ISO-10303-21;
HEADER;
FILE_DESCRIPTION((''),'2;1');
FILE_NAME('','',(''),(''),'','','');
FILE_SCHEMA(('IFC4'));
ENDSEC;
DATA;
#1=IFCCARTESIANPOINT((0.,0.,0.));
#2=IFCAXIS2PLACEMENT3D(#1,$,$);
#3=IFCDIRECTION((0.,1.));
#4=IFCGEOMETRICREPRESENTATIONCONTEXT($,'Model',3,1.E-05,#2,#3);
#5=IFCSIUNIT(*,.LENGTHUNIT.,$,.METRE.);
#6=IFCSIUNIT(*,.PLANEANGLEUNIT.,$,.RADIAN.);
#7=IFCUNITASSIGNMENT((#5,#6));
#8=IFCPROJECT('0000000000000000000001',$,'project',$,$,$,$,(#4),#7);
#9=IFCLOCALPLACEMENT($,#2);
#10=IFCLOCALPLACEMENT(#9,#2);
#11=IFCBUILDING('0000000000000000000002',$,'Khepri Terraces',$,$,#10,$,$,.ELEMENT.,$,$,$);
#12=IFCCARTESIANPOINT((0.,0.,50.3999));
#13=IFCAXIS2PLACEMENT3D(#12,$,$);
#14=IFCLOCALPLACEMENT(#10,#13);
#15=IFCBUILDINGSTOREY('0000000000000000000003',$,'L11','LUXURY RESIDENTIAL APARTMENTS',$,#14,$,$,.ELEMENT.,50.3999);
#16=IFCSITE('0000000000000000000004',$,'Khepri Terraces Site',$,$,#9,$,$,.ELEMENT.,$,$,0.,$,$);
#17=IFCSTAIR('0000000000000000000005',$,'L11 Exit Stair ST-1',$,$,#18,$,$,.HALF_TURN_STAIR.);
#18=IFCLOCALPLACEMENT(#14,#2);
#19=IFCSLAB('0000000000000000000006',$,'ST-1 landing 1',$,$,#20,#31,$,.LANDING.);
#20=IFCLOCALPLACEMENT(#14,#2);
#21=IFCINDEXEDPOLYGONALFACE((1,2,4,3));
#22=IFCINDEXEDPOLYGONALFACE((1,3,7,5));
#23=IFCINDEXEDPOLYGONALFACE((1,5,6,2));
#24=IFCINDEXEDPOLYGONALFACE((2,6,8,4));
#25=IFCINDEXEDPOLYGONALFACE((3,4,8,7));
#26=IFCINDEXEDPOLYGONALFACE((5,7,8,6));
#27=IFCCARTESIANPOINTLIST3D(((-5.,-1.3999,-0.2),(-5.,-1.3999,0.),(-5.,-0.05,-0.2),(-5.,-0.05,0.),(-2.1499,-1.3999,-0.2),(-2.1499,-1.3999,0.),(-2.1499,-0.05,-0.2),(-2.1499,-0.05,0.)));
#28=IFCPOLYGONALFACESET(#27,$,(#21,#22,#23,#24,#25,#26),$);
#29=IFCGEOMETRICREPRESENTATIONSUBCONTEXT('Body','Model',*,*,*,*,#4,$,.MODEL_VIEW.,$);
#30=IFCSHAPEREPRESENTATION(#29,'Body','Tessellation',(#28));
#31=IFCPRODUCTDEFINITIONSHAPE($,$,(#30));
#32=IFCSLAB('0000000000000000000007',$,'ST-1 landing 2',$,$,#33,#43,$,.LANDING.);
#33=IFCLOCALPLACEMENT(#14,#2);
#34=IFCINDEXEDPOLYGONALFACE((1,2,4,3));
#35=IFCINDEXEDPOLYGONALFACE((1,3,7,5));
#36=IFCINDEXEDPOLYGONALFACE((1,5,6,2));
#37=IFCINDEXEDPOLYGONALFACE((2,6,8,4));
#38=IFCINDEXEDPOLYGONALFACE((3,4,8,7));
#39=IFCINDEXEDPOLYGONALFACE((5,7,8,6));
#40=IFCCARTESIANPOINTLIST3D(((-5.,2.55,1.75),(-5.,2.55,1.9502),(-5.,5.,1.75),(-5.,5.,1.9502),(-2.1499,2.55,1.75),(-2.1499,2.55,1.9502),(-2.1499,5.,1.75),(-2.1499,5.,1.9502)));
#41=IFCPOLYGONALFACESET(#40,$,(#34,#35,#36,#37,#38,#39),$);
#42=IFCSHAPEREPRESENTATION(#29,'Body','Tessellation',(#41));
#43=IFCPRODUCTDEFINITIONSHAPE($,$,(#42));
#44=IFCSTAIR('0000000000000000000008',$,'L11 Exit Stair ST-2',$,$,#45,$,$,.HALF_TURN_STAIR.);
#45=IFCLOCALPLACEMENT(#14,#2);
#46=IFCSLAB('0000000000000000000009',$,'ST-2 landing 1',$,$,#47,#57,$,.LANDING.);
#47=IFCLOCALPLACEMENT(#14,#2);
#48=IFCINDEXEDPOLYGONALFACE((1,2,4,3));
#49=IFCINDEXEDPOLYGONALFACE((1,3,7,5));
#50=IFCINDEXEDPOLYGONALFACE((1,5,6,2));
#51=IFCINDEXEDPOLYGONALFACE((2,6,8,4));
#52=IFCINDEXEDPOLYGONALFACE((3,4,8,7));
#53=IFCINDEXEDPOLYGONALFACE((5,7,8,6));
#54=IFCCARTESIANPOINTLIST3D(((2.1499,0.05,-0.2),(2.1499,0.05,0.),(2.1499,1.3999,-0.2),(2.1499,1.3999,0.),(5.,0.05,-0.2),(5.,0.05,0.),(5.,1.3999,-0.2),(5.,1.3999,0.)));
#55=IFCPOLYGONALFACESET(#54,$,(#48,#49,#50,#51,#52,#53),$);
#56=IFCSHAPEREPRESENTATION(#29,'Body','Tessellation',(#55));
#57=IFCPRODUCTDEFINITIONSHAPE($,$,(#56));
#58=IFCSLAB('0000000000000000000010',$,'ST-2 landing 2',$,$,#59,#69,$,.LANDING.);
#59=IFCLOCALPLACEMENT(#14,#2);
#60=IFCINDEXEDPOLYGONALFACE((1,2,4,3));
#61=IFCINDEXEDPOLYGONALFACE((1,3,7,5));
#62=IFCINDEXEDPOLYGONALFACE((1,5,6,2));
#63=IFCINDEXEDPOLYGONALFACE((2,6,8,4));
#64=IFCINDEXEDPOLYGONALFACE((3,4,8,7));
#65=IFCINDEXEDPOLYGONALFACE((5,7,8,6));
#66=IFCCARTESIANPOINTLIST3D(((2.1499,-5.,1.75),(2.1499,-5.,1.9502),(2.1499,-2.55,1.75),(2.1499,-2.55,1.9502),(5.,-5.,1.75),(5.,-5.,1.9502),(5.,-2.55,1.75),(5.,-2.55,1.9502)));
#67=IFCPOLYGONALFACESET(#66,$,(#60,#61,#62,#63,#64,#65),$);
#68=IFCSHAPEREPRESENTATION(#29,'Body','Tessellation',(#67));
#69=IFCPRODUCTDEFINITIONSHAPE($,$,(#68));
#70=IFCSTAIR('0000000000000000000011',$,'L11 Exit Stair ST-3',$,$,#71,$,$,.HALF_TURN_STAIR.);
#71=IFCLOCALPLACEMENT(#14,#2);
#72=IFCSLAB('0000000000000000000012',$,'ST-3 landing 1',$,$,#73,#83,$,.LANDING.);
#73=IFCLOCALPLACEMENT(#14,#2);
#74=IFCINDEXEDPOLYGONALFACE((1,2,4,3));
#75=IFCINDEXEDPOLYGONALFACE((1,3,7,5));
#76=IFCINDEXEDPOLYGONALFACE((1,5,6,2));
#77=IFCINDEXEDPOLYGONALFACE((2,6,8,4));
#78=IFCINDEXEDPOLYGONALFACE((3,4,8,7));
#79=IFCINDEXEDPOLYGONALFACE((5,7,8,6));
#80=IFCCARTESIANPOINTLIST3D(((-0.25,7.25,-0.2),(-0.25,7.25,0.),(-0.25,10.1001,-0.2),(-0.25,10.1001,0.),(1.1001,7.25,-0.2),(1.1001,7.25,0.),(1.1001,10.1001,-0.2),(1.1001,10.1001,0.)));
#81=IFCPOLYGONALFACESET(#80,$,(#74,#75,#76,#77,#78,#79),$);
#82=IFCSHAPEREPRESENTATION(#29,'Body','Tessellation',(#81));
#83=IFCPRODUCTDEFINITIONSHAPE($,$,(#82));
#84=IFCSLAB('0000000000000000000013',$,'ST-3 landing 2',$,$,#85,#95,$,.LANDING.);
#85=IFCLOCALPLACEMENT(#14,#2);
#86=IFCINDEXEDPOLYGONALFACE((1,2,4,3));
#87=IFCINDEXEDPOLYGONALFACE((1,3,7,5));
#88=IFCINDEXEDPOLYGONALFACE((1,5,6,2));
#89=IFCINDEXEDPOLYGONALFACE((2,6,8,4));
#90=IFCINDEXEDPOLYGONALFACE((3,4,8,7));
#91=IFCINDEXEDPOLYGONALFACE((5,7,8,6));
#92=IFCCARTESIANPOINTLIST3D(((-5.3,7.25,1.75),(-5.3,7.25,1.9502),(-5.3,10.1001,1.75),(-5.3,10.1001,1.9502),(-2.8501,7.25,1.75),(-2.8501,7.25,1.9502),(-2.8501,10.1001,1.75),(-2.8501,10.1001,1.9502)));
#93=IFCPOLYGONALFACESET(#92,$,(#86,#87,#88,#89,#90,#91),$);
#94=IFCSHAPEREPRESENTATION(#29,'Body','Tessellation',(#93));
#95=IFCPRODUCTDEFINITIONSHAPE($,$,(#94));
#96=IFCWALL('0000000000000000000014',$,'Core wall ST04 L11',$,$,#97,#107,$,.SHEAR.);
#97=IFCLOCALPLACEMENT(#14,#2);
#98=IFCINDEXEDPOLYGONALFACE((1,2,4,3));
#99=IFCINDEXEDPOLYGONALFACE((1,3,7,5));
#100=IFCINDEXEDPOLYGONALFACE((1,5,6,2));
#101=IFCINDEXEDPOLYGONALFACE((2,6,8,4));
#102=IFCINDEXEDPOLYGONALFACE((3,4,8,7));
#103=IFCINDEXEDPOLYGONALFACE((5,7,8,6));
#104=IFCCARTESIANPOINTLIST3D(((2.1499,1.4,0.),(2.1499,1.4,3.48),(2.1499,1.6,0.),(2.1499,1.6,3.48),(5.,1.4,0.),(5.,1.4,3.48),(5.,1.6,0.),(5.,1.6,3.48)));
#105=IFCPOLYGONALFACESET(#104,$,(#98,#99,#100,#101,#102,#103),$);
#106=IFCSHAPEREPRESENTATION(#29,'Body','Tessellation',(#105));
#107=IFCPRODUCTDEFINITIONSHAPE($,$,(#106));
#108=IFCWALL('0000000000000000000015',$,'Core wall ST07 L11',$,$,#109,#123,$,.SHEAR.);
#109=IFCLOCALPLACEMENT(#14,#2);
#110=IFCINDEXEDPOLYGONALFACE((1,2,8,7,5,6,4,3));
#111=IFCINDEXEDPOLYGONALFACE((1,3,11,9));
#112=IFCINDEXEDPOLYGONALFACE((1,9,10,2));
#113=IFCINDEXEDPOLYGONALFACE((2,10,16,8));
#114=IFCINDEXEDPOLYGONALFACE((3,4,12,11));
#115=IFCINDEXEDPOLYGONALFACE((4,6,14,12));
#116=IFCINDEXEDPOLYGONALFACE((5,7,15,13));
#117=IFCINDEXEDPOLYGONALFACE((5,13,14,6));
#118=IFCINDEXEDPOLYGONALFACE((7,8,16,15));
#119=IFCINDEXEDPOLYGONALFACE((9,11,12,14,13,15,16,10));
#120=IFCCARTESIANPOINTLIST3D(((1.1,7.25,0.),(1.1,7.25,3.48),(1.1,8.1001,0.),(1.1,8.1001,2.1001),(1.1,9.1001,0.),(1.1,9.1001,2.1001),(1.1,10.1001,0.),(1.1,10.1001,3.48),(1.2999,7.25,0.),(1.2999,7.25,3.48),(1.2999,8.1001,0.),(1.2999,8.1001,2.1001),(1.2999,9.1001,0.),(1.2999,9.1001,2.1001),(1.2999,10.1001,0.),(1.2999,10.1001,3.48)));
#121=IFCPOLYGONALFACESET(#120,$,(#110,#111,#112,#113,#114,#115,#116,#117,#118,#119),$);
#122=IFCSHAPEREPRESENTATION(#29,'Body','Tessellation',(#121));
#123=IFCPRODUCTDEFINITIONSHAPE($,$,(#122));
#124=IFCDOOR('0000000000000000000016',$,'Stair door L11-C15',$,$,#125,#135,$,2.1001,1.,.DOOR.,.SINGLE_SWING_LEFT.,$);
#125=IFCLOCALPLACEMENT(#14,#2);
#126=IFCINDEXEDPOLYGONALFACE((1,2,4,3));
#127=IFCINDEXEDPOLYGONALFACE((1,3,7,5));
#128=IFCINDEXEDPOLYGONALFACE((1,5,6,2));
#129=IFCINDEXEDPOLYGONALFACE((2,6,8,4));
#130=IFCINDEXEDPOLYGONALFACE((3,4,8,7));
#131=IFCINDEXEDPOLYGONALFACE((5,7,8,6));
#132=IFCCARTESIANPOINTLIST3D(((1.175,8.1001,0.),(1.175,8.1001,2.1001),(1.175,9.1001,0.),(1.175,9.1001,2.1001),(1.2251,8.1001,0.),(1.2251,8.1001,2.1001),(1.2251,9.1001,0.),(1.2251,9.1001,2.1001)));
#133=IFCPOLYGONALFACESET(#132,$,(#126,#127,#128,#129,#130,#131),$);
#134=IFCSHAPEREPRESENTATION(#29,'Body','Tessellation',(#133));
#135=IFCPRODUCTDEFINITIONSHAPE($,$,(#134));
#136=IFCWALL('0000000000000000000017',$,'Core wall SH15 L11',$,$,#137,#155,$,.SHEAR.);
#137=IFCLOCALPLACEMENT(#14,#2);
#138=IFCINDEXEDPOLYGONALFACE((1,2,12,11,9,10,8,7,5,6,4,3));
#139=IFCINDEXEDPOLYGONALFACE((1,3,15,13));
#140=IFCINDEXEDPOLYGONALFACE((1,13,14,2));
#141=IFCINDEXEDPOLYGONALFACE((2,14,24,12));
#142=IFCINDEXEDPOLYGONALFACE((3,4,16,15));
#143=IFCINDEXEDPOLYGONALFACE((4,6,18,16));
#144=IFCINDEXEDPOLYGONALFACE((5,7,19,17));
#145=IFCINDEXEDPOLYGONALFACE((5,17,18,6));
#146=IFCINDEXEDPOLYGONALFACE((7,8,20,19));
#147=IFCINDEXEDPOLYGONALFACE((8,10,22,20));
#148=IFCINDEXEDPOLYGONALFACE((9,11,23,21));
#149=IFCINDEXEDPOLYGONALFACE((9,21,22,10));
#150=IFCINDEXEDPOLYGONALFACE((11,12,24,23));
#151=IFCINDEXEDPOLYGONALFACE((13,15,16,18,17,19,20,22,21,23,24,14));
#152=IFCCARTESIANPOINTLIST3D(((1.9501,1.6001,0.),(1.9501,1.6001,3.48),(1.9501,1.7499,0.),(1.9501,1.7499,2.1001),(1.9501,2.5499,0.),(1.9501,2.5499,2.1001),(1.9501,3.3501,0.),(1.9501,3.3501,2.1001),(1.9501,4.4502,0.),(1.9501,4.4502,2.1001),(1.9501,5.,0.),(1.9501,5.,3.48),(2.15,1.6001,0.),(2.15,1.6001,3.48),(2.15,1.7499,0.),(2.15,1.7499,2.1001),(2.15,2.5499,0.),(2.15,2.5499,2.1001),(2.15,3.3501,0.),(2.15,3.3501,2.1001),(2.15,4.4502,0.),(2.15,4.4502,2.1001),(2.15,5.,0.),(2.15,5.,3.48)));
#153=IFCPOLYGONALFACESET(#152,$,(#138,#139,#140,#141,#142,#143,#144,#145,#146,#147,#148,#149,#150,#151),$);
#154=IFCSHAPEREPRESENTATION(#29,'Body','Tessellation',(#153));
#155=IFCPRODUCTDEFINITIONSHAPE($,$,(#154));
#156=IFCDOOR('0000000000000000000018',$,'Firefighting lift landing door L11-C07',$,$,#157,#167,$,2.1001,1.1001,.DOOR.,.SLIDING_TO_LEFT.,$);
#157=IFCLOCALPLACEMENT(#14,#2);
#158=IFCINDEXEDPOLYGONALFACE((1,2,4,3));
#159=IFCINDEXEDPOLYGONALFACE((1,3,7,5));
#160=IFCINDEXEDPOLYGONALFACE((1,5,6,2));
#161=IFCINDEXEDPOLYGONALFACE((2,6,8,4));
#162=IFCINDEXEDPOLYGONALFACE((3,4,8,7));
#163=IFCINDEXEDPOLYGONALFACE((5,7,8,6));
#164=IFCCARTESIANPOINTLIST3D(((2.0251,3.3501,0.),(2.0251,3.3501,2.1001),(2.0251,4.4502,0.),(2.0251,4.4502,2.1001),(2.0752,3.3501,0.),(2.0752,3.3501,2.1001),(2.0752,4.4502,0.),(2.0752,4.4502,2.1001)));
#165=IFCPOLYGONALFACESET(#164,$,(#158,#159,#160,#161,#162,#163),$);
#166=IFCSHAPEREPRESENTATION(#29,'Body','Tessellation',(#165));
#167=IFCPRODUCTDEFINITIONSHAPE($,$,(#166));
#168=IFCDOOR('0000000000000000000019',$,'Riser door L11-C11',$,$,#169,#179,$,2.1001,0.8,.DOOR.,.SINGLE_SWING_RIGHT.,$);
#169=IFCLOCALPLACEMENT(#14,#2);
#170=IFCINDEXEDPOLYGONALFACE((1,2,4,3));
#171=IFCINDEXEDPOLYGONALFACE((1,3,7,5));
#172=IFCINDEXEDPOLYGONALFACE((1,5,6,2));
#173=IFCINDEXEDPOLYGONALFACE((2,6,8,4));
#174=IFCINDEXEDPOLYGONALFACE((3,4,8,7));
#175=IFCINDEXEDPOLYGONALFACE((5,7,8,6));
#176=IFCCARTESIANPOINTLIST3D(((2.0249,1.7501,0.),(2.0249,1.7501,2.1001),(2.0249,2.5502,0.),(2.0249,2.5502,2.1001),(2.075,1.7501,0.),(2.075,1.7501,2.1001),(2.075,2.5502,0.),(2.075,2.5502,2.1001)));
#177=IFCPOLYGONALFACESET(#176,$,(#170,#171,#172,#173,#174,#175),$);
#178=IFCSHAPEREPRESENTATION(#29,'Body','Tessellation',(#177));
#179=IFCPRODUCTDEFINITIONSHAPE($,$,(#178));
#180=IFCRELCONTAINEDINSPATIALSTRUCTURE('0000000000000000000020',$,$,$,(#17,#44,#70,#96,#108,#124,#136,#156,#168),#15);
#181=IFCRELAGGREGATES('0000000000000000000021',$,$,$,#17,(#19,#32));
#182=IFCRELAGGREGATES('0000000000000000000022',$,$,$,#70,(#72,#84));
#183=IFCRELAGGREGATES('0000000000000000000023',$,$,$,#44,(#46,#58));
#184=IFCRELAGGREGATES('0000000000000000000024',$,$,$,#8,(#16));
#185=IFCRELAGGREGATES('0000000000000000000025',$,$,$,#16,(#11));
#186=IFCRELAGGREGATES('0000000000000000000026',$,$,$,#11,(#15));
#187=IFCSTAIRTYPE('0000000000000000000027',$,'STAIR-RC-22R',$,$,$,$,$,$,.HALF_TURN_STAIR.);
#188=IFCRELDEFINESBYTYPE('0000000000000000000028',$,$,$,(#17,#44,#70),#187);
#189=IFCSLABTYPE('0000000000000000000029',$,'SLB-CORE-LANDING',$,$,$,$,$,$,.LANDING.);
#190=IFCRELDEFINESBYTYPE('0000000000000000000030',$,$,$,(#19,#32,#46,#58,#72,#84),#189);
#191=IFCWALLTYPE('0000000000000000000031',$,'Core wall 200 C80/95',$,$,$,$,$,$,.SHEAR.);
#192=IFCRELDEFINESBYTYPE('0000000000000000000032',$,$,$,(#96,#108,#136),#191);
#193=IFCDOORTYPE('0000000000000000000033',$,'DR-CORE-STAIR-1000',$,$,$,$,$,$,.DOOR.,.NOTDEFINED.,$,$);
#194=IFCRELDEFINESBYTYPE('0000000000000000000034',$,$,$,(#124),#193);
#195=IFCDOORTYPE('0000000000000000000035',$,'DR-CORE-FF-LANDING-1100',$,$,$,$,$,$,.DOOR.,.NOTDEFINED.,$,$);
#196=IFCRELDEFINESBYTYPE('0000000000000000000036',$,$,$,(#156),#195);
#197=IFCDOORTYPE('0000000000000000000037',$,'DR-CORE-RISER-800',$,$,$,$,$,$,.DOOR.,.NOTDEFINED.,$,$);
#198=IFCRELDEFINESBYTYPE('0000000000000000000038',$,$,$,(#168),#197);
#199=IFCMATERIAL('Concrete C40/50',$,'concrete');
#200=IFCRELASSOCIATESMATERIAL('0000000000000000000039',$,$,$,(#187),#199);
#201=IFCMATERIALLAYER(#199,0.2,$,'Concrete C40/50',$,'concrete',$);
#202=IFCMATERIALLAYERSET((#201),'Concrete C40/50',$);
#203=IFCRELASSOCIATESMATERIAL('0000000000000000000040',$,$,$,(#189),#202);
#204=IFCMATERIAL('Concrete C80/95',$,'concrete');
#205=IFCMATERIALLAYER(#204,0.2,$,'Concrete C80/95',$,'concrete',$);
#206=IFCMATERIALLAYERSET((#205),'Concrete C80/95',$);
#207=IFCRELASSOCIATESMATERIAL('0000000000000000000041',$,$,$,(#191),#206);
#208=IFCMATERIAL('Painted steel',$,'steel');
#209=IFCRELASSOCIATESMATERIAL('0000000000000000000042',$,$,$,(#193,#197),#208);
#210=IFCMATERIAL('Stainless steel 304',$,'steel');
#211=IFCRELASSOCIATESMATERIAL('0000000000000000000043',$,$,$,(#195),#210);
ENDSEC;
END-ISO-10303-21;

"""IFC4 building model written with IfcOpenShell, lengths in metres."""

from ifc_helpers import new_model, si_unit, direction, frame, frame_2d, origin, place, context, subcontext, project, spatial, polyline, rectangle, outline, extrude, material, layer, layer_set, type_object, element, fill, aggregate, save


model = new_model("IFC4")

# Units and contexts
model_context = context("Model", 3, precision=1e-05, world=origin(), true_north=direction((0.0, 1.0)))
body_context = subcontext(model_context, "Body", "Model", "MODEL_VIEW")
ifc_project = project(units=[si_unit("LENGTHUNIT", "METRE"), si_unit("PLANEANGLEUNIT", "RADIAN")], contexts=[model_context])

# Site, building, storey
site_placement = place(None, origin())
site = spatial("IfcSite", under=ifc_project, at=site_placement, Name="Khepri Terraces Site", CompositionType="ELEMENT", RefElevation=0.0)
building_placement = place(site_placement, origin())
building = spatial("IfcBuilding", under=site, at=building_placement, Name="Khepri Terraces", CompositionType="ELEMENT")
storey_placement = place(building_placement, frame((0.0, 0.0, 50.3999)))
storey = spatial("IfcBuildingStorey", under=building, at=storey_placement, Name="L11", Description="LUXURY RESIDENTIAL APARTMENTS", CompositionType="ELEMENT", Elevation=50.3999)

# Stairs, slabs
ifc_material_1 = material(Name="Concrete C40/50", Category="concrete")
stair_type = type_object("IfcStairType", Name="STAIR-RC-22R", PredefinedType="HALF_TURN_STAIR", material=ifc_material_1)
stair_1_placement = place(storey_placement, origin())
stair_1 = element("IfcStair", 1, at=stair_1_placement, inside=storey, type_object=stair_type, Name="L11 Exit Stair ST-1", PredefinedType="HALF_TURN_STAIR")
ifc_layer_1 = layer(ifc_material_1, 0.2, Name="Concrete C40/50", Category="concrete")
ifc_layer_set_1 = layer_set([ifc_layer_1], Name="Concrete C40/50")
slab_type = type_object("IfcSlabType", Name="SLB-CORE-LANDING", PredefinedType="LANDING", material=ifc_layer_set_1)
slab_1_placement = place(storey_placement, frame((0.0, 0.0, -0.2)))
slab_1 = element("IfcSlab", 2, at=slab_1_placement, type_object=slab_type, Name="ST-1 landing 1", PredefinedType="LANDING", context=body_context, shape_type="SweptSolid", body=[
    extrude(outline(polyline([(-2.1499, -1.3999), (-2.1499, -0.05), (-5.0, -0.05), (-5.0, -1.3999), (-2.1499, -1.3999)])), origin(), (0.0, 0.0, 1.0), 0.2),
])
slab_2_placement = place(storey_placement, frame((0.0, 0.0, 1.75)))
slab_2 = element("IfcSlab", 3, at=slab_2_placement, type_object=slab_type, Name="ST-1 landing 2", PredefinedType="LANDING", context=body_context, shape_type="SweptSolid", body=[
    extrude(outline(polyline([(-2.1499, 2.55), (-2.1499, 5.0), (-5.0, 5.0), (-5.0, 2.55), (-2.1499, 2.55)])), origin(), (0.0, 0.0, 1.0), 0.2002),
])
aggregate(stair_1, [slab_1, slab_2])
stair_2_placement = place(storey_placement, origin())
stair_2 = element("IfcStair", 4, at=stair_2_placement, inside=storey, type_object=stair_type, Name="L11 Exit Stair ST-2", PredefinedType="HALF_TURN_STAIR")
slab_3_placement = place(storey_placement, frame((0.0, 0.0, -0.2)))
slab_3 = element("IfcSlab", 5, at=slab_3_placement, type_object=slab_type, Name="ST-2 landing 1", PredefinedType="LANDING", context=body_context, shape_type="SweptSolid", body=[
    extrude(outline(polyline([(2.1499, 1.3999), (2.1499, 0.05), (5.0, 0.05), (5.0, 1.3999), (2.1499, 1.3999)])), origin(), (0.0, 0.0, 1.0), 0.2),
])
slab_4_placement = place(storey_placement, frame((0.0, 0.0, 1.75)))
slab_4 = element("IfcSlab", 6, at=slab_4_placement, type_object=slab_type, Name="ST-2 landing 2", PredefinedType="LANDING", context=body_context, shape_type="SweptSolid", body=[
    extrude(outline(polyline([(2.1499, -2.55), (2.1499, -5.0), (5.0, -5.0), (5.0, -2.55), (2.1499, -2.55)])), origin(), (0.0, 0.0, 1.0), 0.2002),
])
stair_3_placement = place(storey_placement, origin())
stair_3 = element("IfcStair", 7, at=stair_3_placement, inside=storey, type_object=stair_type, Name="L11 Exit Stair ST-3", PredefinedType="HALF_TURN_STAIR")
slab_5_placement = place(storey_placement, frame((0.0, 0.0, -0.2)))
slab_5 = element("IfcSlab", 8, at=slab_5_placement, type_object=slab_type, Name="ST-3 landing 1", PredefinedType="LANDING", context=body_context, shape_type="SweptSolid", body=[
    extrude(outline(polyline([(1.1001, 10.1001), (-0.25, 10.1001), (-0.25, 7.25), (1.1001, 7.25), (1.1001, 10.1001)])), origin(), (0.0, 0.0, 1.0), 0.2),
])
slab_6_placement = place(storey_placement, frame((0.0, 0.0, 1.75)))
slab_6 = element("IfcSlab", 9, at=slab_6_placement, type_object=slab_type, Name="ST-3 landing 2", PredefinedType="LANDING", context=body_context, shape_type="SweptSolid", body=[
    extrude(outline(polyline([(-2.8501, 10.1001), (-5.3, 10.1001), (-5.3, 7.25), (-2.8501, 7.25), (-2.8501, 10.1001)])), origin(), (0.0, 0.0, 1.0), 0.2002),
])
aggregate(stair_3, [slab_5, slab_6])

# Wall
ifc_material_2 = material(Name="Concrete C80/95", Category="concrete")
ifc_layer_2 = layer(ifc_material_2, 0.2, Name="Concrete C80/95", Category="concrete")
ifc_layer_set_2 = layer_set([ifc_layer_2], Name="Concrete C80/95")
wall_type = type_object("IfcWallType", Name="Core wall 200 C80/95", PredefinedType="SHEAR", material=ifc_layer_set_2)
wall_1_placement = place(storey_placement, frame((2.1499, 1.5, 0.0), z_axis=(0.0, 0.0, 1.0), x_axis=(1.0, 0.0, 0.0)))
element("IfcWall", 10, at=wall_1_placement, inside=storey, type_object=wall_type, Name="Core wall ST04 L11", PredefinedType="SHEAR", context=body_context, shape_type="SweptSolid", body=[
    extrude(rectangle(XDim=2.8501, YDim=0.2, at=frame_2d((1.425, 0.0))), origin(), (0.0, 0.0, 1.0), 3.48),
])

# Wall, opening, door
wall_2_placement = place(storey_placement, frame((1.2, 7.25, 0.0), z_axis=(0.0, 0.0, 1.0), x_axis=(0.0, 1.0, 0.0)))
wall_2 = element("IfcWall", 11, at=wall_2_placement, inside=storey, type_object=wall_type, Name="Core wall ST07 L11", PredefinedType="SHEAR", context=body_context, shape_type="SweptSolid", body=[
    extrude(rectangle(XDim=2.8501, YDim=0.2, at=frame_2d((1.425, 0.0))), origin(), (0.0, 0.0, 1.0), 3.48),
])
opening_1_placement = place(wall_2_placement, frame((0.8501, 0.0, 0.0)))
opening_1 = element("IfcOpeningElement", 12, at=opening_1_placement, cuts=wall_2, PredefinedType="OPENING", context=body_context, shape_type="SweptSolid", body=[
    extrude(rectangle(XDim=1.0, YDim=2.1001, at=frame_2d((0.5, 1.05))), frame((0.0, 0.1099, 0.0), z_axis=(0.0, -1.0, 0.0), x_axis=(1.0, 0.0, 0.0)), (0.0, 0.0, 1.0), 0.22),
])
ifc_material_3 = material(Name="Painted steel", Category="steel")
door_type_1 = type_object("IfcDoorType", Name="DR-CORE-STAIR-1000", OperationType="NOTDEFINED", PredefinedType="DOOR", material=ifc_material_3)
door_1_placement = place(opening_1_placement, origin())
door_1 = element("IfcDoor", 13, at=door_1_placement, inside=storey, type_object=door_type_1, Name="Stair door L11-C15", OperationType="SINGLE_SWING_LEFT", OverallHeight=2.1001, OverallWidth=1.0, PredefinedType="DOOR", context=body_context, shape_type="SweptSolid", body=[
    extrude(rectangle(XDim=1.0, YDim=2.1001, at=frame_2d((0.5, 1.05))), frame((0.0, 0.0249, 0.0), z_axis=(0.0, -1.0, 0.0), x_axis=(1.0, 0.0, 0.0)), (0.0, 0.0, 1.0), 0.05),
])
fill(opening_1, door_1)

# Wall, openings, doors
wall_3_placement = place(storey_placement, frame((2.05, 1.6001, 0.0), z_axis=(0.0, 0.0, 1.0), x_axis=(0.0, 1.0, 0.0)))
wall_3 = element("IfcWall", 14, at=wall_3_placement, inside=storey, type_object=wall_type, Name="Core wall SH15 L11", PredefinedType="SHEAR", context=body_context, shape_type="SweptSolid", body=[
    extrude(rectangle(XDim=3.3999, YDim=0.2, at=frame_2d((1.7, 0.0))), origin(), (0.0, 0.0, 1.0), 3.48),
])
opening_2_placement = place(wall_3_placement, frame((1.75, 0.0, 0.0)))
opening_2 = element("IfcOpeningElement", 15, at=opening_2_placement, cuts=wall_3, PredefinedType="OPENING", context=body_context, shape_type="SweptSolid", body=[
    extrude(rectangle(XDim=1.1001, YDim=2.1001, at=frame_2d((0.55, 1.05))), frame((0.0, 0.1099, 0.0), z_axis=(0.0, -1.0, 0.0), x_axis=(1.0, 0.0, 0.0)), (0.0, 0.0, 1.0), 0.22),
])
opening_3_placement = place(wall_3_placement, frame((0.1499, 0.0, 0.0)))
opening_3 = element("IfcOpeningElement", 16, at=opening_3_placement, cuts=wall_3, PredefinedType="OPENING", context=body_context, shape_type="SweptSolid", body=[
    extrude(rectangle(XDim=0.8, YDim=2.1001, at=frame_2d((0.3999, 1.05))), frame((0.0, 0.1099, 0.0), z_axis=(0.0, -1.0, 0.0), x_axis=(1.0, 0.0, 0.0)), (0.0, 0.0, 1.0), 0.22),
])
ifc_material_4 = material(Name="Stainless steel 304", Category="steel")
door_type_2 = type_object("IfcDoorType", Name="DR-CORE-FF-LANDING-1100", OperationType="NOTDEFINED", PredefinedType="DOOR", material=ifc_material_4)
door_2_placement = place(opening_2_placement, origin())
door_2 = element("IfcDoor", 17, at=door_2_placement, inside=storey, type_object=door_type_2, Name="Firefighting lift landing door L11-C07", OperationType="SLIDING_TO_LEFT", OverallHeight=2.1001, OverallWidth=1.1001, PredefinedType="DOOR", context=body_context, shape_type="SweptSolid", body=[
    extrude(rectangle(XDim=1.1001, YDim=2.1001, at=frame_2d((0.55, 1.05))), frame((0.0, 0.0249, 0.0), z_axis=(0.0, -1.0, 0.0), x_axis=(1.0, 0.0, 0.0)), (0.0, 0.0, 1.0), 0.05),
])
fill(opening_2, door_2)
door_type_3 = type_object("IfcDoorType", Name="DR-CORE-RISER-800", OperationType="NOTDEFINED", PredefinedType="DOOR", material=ifc_material_3)
door_3_placement = place(opening_3_placement, frame((0.8, 0.0, 0.0), z_axis=(0.0, 0.0, 1.0), x_axis=(-1.0, 0.0, 0.0)))
door_3 = element("IfcDoor", 18, at=door_3_placement, inside=storey, type_object=door_type_3, Name="Riser door L11-C11", OperationType="SINGLE_SWING_RIGHT", OverallHeight=2.1001, OverallWidth=0.8, PredefinedType="DOOR", context=body_context, shape_type="SweptSolid", body=[
    extrude(rectangle(XDim=0.8, YDim=2.1001, at=frame_2d((0.3999, 1.05))), frame((0.0, 0.0249, 0.0), z_axis=(0.0, -1.0, 0.0), x_axis=(1.0, 0.0, 0.0)), (0.0, 0.0, 1.0), 0.05),
])
fill(opening_3, door_3)

aggregate(stair_2, [slab_3, slab_4])

save(model, "model.ifc")
